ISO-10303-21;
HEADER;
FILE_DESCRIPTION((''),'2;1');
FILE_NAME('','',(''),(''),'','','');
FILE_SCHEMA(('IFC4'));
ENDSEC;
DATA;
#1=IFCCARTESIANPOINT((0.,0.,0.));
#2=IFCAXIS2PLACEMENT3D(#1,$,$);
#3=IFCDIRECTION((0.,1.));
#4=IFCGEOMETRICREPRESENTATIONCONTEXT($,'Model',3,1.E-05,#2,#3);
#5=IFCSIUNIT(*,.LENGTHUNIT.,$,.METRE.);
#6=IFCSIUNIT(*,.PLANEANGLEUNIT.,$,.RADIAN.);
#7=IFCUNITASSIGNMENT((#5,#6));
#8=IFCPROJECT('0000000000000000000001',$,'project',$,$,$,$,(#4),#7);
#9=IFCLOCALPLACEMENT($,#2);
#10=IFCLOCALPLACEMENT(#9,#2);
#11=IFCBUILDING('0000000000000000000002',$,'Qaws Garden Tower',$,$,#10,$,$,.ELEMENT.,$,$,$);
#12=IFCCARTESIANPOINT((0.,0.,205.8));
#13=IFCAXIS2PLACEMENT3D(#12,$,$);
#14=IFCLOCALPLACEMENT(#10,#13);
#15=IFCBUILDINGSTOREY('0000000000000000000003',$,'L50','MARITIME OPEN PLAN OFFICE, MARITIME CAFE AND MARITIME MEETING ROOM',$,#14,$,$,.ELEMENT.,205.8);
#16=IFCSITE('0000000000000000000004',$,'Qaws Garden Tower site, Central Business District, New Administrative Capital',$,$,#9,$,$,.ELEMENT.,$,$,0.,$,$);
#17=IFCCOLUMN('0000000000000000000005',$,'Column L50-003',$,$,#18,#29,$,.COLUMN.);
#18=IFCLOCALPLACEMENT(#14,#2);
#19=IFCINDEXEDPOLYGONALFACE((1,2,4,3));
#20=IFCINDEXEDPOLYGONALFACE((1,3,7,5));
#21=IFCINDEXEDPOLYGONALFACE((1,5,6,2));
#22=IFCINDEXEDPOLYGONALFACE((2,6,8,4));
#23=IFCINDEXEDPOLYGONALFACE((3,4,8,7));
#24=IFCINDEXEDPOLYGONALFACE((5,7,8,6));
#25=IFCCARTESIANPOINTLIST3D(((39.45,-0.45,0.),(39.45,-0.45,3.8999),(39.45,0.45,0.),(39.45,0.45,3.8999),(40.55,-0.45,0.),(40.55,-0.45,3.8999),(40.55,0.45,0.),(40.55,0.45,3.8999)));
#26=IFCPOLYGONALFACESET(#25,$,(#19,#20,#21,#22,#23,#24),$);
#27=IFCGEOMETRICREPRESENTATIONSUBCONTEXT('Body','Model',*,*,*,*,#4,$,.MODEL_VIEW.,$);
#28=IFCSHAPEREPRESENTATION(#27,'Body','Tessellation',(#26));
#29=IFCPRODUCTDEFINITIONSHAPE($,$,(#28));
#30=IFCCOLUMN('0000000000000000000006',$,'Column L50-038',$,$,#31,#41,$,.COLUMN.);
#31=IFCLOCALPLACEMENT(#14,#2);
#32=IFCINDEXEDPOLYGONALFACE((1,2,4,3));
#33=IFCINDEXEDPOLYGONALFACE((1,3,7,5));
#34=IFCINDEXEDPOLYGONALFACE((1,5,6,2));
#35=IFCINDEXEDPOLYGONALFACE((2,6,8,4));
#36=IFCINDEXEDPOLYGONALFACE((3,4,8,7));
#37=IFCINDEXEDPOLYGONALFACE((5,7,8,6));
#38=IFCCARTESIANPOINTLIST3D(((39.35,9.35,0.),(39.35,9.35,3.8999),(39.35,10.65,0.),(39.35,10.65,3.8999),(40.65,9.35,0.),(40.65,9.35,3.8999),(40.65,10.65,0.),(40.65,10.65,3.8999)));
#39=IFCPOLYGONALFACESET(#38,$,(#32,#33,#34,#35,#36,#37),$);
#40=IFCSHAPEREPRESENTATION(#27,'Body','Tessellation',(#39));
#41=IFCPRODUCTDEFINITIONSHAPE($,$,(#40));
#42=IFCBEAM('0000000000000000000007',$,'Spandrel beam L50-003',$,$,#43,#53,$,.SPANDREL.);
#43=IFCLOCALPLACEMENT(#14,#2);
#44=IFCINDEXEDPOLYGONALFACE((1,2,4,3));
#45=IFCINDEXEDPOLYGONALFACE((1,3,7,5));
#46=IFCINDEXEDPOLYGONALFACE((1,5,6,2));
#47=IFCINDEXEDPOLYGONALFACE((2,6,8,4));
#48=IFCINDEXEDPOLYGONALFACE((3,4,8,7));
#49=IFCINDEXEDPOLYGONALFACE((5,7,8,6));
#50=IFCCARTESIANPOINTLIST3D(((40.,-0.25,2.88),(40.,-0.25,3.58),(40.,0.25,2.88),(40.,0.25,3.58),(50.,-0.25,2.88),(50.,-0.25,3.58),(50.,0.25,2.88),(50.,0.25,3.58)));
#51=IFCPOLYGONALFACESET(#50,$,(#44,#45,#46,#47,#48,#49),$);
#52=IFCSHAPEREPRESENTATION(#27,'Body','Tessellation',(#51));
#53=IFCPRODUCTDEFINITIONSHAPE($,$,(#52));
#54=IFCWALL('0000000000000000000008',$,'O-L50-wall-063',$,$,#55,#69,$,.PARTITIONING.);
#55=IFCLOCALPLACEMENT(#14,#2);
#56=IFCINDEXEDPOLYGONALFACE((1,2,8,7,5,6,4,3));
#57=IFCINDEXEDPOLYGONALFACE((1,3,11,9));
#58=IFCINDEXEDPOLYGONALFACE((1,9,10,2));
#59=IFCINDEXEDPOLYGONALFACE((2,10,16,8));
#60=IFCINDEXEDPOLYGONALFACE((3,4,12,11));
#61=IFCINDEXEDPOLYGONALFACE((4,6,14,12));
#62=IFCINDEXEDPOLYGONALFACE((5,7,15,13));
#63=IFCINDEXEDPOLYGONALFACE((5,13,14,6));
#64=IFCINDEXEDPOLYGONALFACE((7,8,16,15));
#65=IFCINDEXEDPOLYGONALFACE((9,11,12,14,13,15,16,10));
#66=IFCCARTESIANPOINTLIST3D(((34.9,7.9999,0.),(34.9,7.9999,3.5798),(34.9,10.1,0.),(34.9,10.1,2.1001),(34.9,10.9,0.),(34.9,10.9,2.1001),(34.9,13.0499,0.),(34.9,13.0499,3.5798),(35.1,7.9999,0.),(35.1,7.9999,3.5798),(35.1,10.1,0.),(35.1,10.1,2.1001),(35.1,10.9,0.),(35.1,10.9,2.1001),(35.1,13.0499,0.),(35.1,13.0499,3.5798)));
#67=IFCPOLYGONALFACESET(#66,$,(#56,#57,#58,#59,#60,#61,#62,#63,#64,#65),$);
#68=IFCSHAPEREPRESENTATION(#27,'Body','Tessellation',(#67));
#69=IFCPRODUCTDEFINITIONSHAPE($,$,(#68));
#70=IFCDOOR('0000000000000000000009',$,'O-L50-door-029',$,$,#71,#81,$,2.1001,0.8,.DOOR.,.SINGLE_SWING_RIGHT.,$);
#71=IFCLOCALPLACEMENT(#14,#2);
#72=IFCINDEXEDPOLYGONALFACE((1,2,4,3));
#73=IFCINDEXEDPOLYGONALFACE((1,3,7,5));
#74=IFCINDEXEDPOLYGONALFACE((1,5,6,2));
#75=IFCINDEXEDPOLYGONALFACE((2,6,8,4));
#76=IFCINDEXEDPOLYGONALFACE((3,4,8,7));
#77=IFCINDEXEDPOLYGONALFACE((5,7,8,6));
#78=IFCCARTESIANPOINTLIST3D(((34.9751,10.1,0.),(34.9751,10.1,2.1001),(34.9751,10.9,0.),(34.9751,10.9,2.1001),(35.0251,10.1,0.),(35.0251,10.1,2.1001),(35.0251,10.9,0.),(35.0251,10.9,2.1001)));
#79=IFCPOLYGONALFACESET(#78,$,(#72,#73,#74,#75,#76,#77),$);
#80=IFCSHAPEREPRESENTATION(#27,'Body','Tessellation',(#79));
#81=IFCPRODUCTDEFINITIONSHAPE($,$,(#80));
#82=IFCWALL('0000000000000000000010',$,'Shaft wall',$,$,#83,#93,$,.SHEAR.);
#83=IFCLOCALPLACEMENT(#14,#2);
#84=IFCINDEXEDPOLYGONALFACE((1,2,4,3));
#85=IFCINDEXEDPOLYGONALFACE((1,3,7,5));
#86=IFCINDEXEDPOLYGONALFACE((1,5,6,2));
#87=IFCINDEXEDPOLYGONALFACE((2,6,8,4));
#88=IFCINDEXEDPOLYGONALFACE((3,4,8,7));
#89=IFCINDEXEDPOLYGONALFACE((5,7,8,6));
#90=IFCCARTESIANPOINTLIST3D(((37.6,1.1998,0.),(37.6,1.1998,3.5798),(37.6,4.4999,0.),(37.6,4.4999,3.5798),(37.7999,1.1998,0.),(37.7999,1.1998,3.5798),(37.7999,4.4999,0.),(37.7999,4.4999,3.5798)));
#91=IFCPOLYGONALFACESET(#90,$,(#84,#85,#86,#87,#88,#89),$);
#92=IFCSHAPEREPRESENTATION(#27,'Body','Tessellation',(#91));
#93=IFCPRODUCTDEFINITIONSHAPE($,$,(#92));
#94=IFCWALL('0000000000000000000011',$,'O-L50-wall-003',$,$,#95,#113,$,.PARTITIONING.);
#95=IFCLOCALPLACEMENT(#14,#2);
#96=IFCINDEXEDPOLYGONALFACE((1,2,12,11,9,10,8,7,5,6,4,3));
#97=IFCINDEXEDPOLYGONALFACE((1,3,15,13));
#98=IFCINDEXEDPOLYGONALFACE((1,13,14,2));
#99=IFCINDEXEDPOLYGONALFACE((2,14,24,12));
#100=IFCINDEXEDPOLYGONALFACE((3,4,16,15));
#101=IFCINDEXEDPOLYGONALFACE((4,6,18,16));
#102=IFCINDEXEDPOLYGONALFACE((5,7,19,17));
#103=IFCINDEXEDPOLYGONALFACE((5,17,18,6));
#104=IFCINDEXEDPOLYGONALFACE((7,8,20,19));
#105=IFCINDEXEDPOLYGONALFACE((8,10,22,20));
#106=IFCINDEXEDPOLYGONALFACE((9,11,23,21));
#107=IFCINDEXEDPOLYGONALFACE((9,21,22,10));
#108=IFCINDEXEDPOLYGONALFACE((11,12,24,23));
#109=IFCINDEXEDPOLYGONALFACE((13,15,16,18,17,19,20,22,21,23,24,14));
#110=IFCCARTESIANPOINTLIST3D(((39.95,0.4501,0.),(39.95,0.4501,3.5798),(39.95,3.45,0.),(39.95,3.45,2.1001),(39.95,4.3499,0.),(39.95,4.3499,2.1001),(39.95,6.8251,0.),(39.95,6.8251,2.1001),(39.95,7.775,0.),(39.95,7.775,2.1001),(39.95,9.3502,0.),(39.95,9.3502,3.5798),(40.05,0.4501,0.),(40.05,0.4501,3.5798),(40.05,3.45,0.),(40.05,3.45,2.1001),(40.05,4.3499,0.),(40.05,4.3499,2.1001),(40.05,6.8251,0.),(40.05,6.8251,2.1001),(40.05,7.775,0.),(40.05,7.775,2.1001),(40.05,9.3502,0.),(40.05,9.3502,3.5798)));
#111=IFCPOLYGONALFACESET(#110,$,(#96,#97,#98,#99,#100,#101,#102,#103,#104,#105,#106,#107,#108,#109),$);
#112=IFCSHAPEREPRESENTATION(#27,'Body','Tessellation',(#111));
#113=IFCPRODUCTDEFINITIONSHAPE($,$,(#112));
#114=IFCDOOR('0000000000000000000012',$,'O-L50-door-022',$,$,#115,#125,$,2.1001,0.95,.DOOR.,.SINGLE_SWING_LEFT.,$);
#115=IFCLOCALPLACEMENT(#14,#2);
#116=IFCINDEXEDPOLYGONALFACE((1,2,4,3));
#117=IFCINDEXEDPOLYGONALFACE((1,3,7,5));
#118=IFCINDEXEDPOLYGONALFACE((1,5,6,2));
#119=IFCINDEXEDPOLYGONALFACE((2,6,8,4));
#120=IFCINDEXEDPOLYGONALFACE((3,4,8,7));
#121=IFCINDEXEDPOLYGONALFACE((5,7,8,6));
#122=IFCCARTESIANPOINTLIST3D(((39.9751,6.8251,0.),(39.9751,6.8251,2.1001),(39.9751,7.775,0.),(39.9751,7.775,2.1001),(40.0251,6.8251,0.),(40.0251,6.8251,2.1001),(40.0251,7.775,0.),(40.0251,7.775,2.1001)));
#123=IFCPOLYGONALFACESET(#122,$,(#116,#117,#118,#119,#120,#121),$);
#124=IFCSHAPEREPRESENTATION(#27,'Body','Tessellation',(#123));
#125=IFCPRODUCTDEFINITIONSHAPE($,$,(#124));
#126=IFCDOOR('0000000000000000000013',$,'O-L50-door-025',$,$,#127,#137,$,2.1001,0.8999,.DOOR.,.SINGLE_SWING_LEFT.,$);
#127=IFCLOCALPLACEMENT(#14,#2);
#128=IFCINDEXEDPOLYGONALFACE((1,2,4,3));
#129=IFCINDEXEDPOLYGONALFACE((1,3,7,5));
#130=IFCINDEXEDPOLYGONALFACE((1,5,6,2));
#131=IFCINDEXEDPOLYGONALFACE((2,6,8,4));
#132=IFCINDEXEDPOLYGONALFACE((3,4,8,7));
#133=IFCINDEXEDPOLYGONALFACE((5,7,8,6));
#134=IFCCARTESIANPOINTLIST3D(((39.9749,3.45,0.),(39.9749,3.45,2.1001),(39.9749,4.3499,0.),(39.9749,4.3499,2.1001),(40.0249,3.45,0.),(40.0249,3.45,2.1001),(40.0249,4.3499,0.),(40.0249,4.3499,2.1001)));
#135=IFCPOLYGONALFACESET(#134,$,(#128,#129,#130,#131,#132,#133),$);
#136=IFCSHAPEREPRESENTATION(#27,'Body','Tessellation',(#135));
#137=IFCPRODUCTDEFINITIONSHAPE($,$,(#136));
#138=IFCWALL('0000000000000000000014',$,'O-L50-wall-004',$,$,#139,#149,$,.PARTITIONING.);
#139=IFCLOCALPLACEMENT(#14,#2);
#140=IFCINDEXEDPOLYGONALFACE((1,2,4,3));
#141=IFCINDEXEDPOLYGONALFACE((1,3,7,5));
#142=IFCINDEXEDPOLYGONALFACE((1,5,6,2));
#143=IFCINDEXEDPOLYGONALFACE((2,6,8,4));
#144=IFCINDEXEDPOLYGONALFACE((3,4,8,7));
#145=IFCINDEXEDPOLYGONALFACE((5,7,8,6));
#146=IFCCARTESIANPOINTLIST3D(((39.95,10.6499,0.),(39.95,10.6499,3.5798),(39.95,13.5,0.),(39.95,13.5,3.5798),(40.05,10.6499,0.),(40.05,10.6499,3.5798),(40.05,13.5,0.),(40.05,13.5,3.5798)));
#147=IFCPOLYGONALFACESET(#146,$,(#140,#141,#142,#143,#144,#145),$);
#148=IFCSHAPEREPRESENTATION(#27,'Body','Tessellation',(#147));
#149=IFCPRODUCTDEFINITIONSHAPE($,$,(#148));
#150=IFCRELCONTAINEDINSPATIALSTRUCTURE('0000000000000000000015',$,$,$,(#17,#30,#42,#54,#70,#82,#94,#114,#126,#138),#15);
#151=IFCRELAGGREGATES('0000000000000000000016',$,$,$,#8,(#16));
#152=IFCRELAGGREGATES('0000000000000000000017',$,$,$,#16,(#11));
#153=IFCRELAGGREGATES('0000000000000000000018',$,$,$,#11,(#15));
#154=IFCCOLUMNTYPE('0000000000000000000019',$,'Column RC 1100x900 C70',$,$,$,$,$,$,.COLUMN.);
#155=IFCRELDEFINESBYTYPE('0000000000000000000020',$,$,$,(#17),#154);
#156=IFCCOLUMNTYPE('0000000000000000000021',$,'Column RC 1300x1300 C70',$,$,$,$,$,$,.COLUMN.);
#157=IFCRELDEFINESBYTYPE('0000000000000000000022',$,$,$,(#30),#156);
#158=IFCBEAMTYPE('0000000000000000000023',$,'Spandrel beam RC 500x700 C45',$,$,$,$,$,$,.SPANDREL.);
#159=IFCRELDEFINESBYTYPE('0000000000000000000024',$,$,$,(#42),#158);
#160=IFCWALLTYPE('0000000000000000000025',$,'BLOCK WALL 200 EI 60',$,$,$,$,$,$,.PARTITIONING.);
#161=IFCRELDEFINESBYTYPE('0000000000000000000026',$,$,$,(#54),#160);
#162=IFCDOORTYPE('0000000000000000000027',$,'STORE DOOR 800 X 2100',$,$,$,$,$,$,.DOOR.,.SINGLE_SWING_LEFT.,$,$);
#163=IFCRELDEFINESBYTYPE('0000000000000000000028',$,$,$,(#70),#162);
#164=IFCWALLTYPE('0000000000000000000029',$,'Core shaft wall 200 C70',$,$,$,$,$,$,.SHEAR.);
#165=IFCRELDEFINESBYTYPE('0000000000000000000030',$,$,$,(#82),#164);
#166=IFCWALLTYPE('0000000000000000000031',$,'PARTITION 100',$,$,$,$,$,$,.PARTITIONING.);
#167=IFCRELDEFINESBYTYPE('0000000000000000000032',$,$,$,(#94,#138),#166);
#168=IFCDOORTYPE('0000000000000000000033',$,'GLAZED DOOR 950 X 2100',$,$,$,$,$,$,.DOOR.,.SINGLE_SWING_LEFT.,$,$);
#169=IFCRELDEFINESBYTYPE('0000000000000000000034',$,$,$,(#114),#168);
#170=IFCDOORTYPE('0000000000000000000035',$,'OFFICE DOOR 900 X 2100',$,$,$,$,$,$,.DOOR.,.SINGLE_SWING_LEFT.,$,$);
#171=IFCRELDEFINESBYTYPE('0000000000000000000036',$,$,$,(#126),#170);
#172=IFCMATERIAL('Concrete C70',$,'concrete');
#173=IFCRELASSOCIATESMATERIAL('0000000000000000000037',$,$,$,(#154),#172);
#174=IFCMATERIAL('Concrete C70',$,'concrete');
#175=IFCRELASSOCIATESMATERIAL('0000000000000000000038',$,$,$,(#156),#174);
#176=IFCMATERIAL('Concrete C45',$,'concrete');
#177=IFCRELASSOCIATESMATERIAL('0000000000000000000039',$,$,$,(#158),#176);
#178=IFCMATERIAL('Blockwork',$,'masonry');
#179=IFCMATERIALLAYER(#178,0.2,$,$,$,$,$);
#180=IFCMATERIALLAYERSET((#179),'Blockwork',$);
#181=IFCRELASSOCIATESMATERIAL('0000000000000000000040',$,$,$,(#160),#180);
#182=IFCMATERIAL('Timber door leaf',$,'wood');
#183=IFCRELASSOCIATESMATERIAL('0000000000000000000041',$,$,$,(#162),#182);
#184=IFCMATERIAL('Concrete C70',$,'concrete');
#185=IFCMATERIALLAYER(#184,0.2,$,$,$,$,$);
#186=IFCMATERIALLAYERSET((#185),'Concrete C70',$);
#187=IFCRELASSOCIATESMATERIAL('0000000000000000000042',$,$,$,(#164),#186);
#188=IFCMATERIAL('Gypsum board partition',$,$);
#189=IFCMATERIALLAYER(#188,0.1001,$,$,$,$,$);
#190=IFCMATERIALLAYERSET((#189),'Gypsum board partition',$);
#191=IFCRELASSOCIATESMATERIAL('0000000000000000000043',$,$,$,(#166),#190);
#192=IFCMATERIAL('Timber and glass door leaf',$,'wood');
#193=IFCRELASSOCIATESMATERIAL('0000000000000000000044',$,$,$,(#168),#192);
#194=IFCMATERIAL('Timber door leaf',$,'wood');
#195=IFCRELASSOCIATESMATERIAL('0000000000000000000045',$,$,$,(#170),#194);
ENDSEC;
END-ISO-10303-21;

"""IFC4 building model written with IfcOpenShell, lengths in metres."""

from ifc_helpers import new_model, si_unit, direction, frame, frame_2d, origin, origin_2d, place, context, subcontext, project, spatial, rectangle, extrude, material, layer, layer_set, material_profile, profile_set, type_object, element, fill, save


model = new_model("IFC4")

# Units and contexts
model_context = context("Model", 3, precision=1e-05, world=origin(), true_north=direction((0.0, 1.0)))
body_context = subcontext(model_context, "Body", "Model", "MODEL_VIEW")
ifc_project = project(units=[si_unit("LENGTHUNIT", "METRE"), si_unit("PLANEANGLEUNIT", "RADIAN")], contexts=[model_context])

# Site, building, storey
site_placement = place(None, origin())
site = spatial("IfcSite", under=ifc_project, at=site_placement, Name="Qaws Garden Tower site, Central Business District, New Administrative Capital", CompositionType="ELEMENT", RefElevation=0.0)
building_placement = place(site_placement, origin())
building = spatial("IfcBuilding", under=site, at=building_placement, Name="Qaws Garden Tower", CompositionType="ELEMENT")
storey_placement = place(building_placement, frame((0.0, 0.0, 205.8)))
storey = spatial("IfcBuildingStorey", under=building, at=storey_placement, Name="L50", Description="MARITIME OPEN PLAN OFFICE, MARITIME CAFE AND MARITIME MEETING ROOM", CompositionType="ELEMENT", Elevation=205.8)

# Columns
ifc_material_1 = material(Name="Concrete C70", Category="concrete")
ifc_material_profile_1 = material_profile(ifc_material_1, rectangle(XDim=1.1001, YDim=0.8999, at=origin_2d()), Name="RC 1100x900")
ifc_profile_set_1 = profile_set([ifc_material_profile_1], Name="Concrete C70")
column_type_1 = type_object("IfcColumnType", Name="Column RC 1100x900 C70", PredefinedType="COLUMN", material=ifc_profile_set_1)
column_1_placement = place(storey_placement, frame((40.0, 0.0, 0.0), z_axis=(0.0, 0.0, 1.0), x_axis=(1.0, 0.0, 0.0)))
element("IfcColumn", 1, at=column_1_placement, inside=storey, type_object=column_type_1, Name="Column L50-003", PredefinedType="COLUMN", context=body_context, shape_type="SweptSolid", body=[
    extrude(rectangle(XDim=1.1001, YDim=0.8999, at=origin_2d()), origin(), (0.0, 0.0, 1.0), 3.8999),
])
ifc_material_2 = material(Name="Concrete C70", Category="concrete")
ifc_material_profile_2 = material_profile(ifc_material_2, rectangle(XDim=1.3, YDim=1.3, at=origin_2d()), Name="RC 1300x1300")
ifc_profile_set_2 = profile_set([ifc_material_profile_2], Name="Concrete C70")
column_type_2 = type_object("IfcColumnType", Name="Column RC 1300x1300 C70", PredefinedType="COLUMN", material=ifc_profile_set_2)
column_2_placement = place(storey_placement, frame((40.0, 10.0, 0.0), z_axis=(0.0, 0.0, 1.0), x_axis=(1.0, 0.0, 0.0)))
element("IfcColumn", 2, at=column_2_placement, inside=storey, type_object=column_type_2, Name="Column L50-038", PredefinedType="COLUMN", context=body_context, shape_type="SweptSolid", body=[
    extrude(rectangle(XDim=1.3, YDim=1.3, at=origin_2d()), origin(), (0.0, 0.0, 1.0), 3.8999),
])

# Beam
ifc_material_3 = material(Name="Concrete C45", Category="concrete")
ifc_material_profile_3 = material_profile(ifc_material_3, rectangle(XDim=0.5, YDim=0.7, at=origin_2d()), Name="RC 500x700")
ifc_profile_set_3 = profile_set([ifc_material_profile_3], Name="Concrete C45")
beam_type = type_object("IfcBeamType", Name="Spandrel beam RC 500x700 C45", PredefinedType="SPANDREL", material=ifc_profile_set_3)
beam_placement = place(storey_placement, frame((40.0, 0.0, 3.23), z_axis=(1.0, 0.0, 0.0), x_axis=(0.0, 1.0, 0.0)))
element("IfcBeam", 3, at=beam_placement, inside=storey, type_object=beam_type, Name="Spandrel beam L50-003", PredefinedType="SPANDREL", context=body_context, shape_type="SweptSolid", body=[
    extrude(rectangle(XDim=0.5, YDim=0.7, at=origin_2d()), origin(), (0.0, 0.0, 1.0), 10.0),
])

# Wall, opening, door
ifc_material_4 = material(Name="Blockwork", Category="masonry")
ifc_layer_1 = layer(ifc_material_4, 0.2)
ifc_layer_set_1 = layer_set([ifc_layer_1], Name="Blockwork")
wall_type_1 = type_object("IfcWallType", Name="BLOCK WALL 200 EI 60", PredefinedType="PARTITIONING", material=ifc_layer_set_1)
wall_1_placement = place(storey_placement, frame((35.0, 8.0, 0.0), z_axis=(0.0, 0.0, 1.0), x_axis=(0.0, 1.0, 0.0)))
wall_1 = element("IfcWall", 4, at=wall_1_placement, inside=storey, type_object=wall_type_1, Name="O-L50-wall-063", PredefinedType="PARTITIONING", context=body_context, shape_type="SweptSolid", body=[
    extrude(rectangle(XDim=5.05, YDim=0.2, at=frame_2d((2.5249, 0.0))), origin(), (0.0, 0.0, 1.0), 3.5798),
])
opening_1_placement = place(wall_1_placement, frame((2.1001, 0.0, 0.0)))
opening_1 = element("IfcOpeningElement", 5, at=opening_1_placement, cuts=wall_1, PredefinedType="OPENING", context=body_context, shape_type="SweptSolid", body=[
    extrude(rectangle(XDim=0.8, YDim=2.1001, at=frame_2d((0.3999, 1.05))), frame((0.0, 0.1099, 0.0), z_axis=(0.0, -1.0, 0.0), x_axis=(1.0, 0.0, 0.0)), (0.0, 0.0, 1.0), 0.22),
])
ifc_material_5 = material(Name="Timber door leaf", Category="wood")
door_type_1 = type_object("IfcDoorType", Name="STORE DOOR 800 X 2100", OperationType="SINGLE_SWING_LEFT", PredefinedType="DOOR", material=ifc_material_5)
door_1_placement = place(opening_1_placement, origin())
door_1 = element("IfcDoor", 6, at=door_1_placement, inside=storey, type_object=door_type_1, Name="O-L50-door-029", OperationType="SINGLE_SWING_RIGHT", OverallHeight=2.1001, OverallWidth=0.8, PredefinedType="DOOR", context=body_context, shape_type="SweptSolid", body=[
    extrude(rectangle(XDim=0.8, YDim=2.1001, at=frame_2d((0.3999, 1.05))), frame((0.0, 0.0249, 0.0), z_axis=(0.0, -1.0, 0.0), x_axis=(1.0, 0.0, 0.0)), (0.0, 0.0, 1.0), 0.05),
])
fill(opening_1, door_1)

# Wall
ifc_material_6 = material(Name="Concrete C70", Category="concrete")
ifc_layer_2 = layer(ifc_material_6, 0.2)
ifc_layer_set_2 = layer_set([ifc_layer_2], Name="Concrete C70")
wall_type_2 = type_object("IfcWallType", Name="Core shaft wall 200 C70", PredefinedType="SHEAR", material=ifc_layer_set_2)
wall_2_placement = place(storey_placement, frame((37.7, 1.2, 0.0), z_axis=(0.0, 0.0, 1.0), x_axis=(0.0, 1.0, 0.0)))
element("IfcWall", 7, at=wall_2_placement, inside=storey, type_object=wall_type_2, Name="Shaft wall", PredefinedType="SHEAR", context=body_context, shape_type="SweptSolid", body=[
    extrude(rectangle(XDim=3.3, YDim=0.2, at=frame_2d((1.6499, 0.0))), origin(), (0.0, 0.0, 1.0), 3.5798),
])

# Wall, openings, doors
ifc_material_7 = material(Name="Gypsum board partition")
ifc_layer_3 = layer(ifc_material_7, 0.1001)
ifc_layer_set_3 = layer_set([ifc_layer_3], Name="Gypsum board partition")
wall_type_3 = type_object("IfcWallType", Name="PARTITION 100", PredefinedType="PARTITIONING", material=ifc_layer_set_3)
wall_3_placement = place(storey_placement, frame((40.0, 0.45, 0.0), z_axis=(0.0, 0.0, 1.0), x_axis=(0.0, 1.0, 0.0)))
wall_3 = element("IfcWall", 8, at=wall_3_placement, inside=storey, type_object=wall_type_3, Name="O-L50-wall-003", PredefinedType="PARTITIONING", context=body_context, shape_type="SweptSolid", body=[
    extrude(rectangle(XDim=8.9001, YDim=0.1001, at=frame_2d((4.4502, 0.0))), origin(), (0.0, 0.0, 1.0), 3.5798),
])
opening_2_placement = place(wall_3_placement, frame((6.375, 0.0, 0.0)))
opening_2 = element("IfcOpeningElement", 9, at=opening_2_placement, cuts=wall_3, PredefinedType="OPENING", context=body_context, shape_type="SweptSolid", body=[
    extrude(rectangle(XDim=0.95, YDim=2.1001, at=frame_2d((0.4751, 1.05))), frame((0.0, 0.0601, 0.0), z_axis=(0.0, -1.0, 0.0), x_axis=(1.0, 0.0, 0.0)), (0.0, 0.0, 1.0), 0.1201),
])
opening_3_placement = place(wall_3_placement, frame((3.0, 0.0, 0.0)))
opening_3 = element("IfcOpeningElement", 10, at=opening_3_placement, cuts=wall_3, PredefinedType="OPENING", context=body_context, shape_type="SweptSolid", body=[
    extrude(rectangle(XDim=0.8999, YDim=2.1001, at=frame_2d((0.45, 1.05))), frame((0.0, 0.0601, 0.0), z_axis=(0.0, -1.0, 0.0), x_axis=(1.0, 0.0, 0.0)), (0.0, 0.0, 1.0), 0.1201),
])
ifc_material_8 = material(Name="Timber and glass door leaf", Category="wood")
door_type_2 = type_object("IfcDoorType", Name="GLAZED DOOR 950 X 2100", OperationType="SINGLE_SWING_LEFT", PredefinedType="DOOR", material=ifc_material_8)
door_2_placement = place(opening_2_placement, origin())
door_2 = element("IfcDoor", 11, at=door_2_placement, inside=storey, type_object=door_type_2, Name="O-L50-door-022", OperationType="SINGLE_SWING_LEFT", OverallHeight=2.1001, OverallWidth=0.95, PredefinedType="DOOR", context=body_context, shape_type="SweptSolid", body=[
    extrude(rectangle(XDim=0.95, YDim=2.1001, at=frame_2d((0.4751, 1.05))), frame((0.0, 0.0249, 0.0), z_axis=(0.0, -1.0, 0.0), x_axis=(1.0, 0.0, 0.0)), (0.0, 0.0, 1.0), 0.05),
])
fill(opening_2, door_2)
ifc_material_9 = material(Name="Timber door leaf", Category="wood")
door_type_3 = type_object("IfcDoorType", Name="OFFICE DOOR 900 X 2100", OperationType="SINGLE_SWING_LEFT", PredefinedType="DOOR", material=ifc_material_9)
door_3_placement = place(opening_3_placement, frame((0.8999, 0.0, 0.0), z_axis=(0.0, 0.0, 1.0), x_axis=(-1.0, 0.0, 0.0)))
door_3 = element("IfcDoor", 12, at=door_3_placement, inside=storey, type_object=door_type_3, Name="O-L50-door-025", OperationType="SINGLE_SWING_LEFT", OverallHeight=2.1001, OverallWidth=0.8999, PredefinedType="DOOR", context=body_context, shape_type="SweptSolid", body=[
    extrude(rectangle(XDim=0.8999, YDim=2.1001, at=frame_2d((0.45, 1.05))), frame((0.0, 0.0249, 0.0), z_axis=(0.0, -1.0, 0.0), x_axis=(1.0, 0.0, 0.0)), (0.0, 0.0, 1.0), 0.05),
])
fill(opening_3, door_3)

# Wall
wall_4_placement = place(storey_placement, frame((40.0, 10.6499, 0.0), z_axis=(0.0, 0.0, 1.0), x_axis=(0.0, 1.0, 0.0)))
element("IfcWall", 13, at=wall_4_placement, inside=storey, type_object=wall_type_3, Name="O-L50-wall-004", PredefinedType="PARTITIONING", context=body_context, shape_type="SweptSolid", body=[
    extrude(rectangle(XDim=2.8501, YDim=0.1001, at=frame_2d((1.425, 0.0))), origin(), (0.0, 0.0, 1.0), 3.5798),
])

save(model, "model.ifc")
